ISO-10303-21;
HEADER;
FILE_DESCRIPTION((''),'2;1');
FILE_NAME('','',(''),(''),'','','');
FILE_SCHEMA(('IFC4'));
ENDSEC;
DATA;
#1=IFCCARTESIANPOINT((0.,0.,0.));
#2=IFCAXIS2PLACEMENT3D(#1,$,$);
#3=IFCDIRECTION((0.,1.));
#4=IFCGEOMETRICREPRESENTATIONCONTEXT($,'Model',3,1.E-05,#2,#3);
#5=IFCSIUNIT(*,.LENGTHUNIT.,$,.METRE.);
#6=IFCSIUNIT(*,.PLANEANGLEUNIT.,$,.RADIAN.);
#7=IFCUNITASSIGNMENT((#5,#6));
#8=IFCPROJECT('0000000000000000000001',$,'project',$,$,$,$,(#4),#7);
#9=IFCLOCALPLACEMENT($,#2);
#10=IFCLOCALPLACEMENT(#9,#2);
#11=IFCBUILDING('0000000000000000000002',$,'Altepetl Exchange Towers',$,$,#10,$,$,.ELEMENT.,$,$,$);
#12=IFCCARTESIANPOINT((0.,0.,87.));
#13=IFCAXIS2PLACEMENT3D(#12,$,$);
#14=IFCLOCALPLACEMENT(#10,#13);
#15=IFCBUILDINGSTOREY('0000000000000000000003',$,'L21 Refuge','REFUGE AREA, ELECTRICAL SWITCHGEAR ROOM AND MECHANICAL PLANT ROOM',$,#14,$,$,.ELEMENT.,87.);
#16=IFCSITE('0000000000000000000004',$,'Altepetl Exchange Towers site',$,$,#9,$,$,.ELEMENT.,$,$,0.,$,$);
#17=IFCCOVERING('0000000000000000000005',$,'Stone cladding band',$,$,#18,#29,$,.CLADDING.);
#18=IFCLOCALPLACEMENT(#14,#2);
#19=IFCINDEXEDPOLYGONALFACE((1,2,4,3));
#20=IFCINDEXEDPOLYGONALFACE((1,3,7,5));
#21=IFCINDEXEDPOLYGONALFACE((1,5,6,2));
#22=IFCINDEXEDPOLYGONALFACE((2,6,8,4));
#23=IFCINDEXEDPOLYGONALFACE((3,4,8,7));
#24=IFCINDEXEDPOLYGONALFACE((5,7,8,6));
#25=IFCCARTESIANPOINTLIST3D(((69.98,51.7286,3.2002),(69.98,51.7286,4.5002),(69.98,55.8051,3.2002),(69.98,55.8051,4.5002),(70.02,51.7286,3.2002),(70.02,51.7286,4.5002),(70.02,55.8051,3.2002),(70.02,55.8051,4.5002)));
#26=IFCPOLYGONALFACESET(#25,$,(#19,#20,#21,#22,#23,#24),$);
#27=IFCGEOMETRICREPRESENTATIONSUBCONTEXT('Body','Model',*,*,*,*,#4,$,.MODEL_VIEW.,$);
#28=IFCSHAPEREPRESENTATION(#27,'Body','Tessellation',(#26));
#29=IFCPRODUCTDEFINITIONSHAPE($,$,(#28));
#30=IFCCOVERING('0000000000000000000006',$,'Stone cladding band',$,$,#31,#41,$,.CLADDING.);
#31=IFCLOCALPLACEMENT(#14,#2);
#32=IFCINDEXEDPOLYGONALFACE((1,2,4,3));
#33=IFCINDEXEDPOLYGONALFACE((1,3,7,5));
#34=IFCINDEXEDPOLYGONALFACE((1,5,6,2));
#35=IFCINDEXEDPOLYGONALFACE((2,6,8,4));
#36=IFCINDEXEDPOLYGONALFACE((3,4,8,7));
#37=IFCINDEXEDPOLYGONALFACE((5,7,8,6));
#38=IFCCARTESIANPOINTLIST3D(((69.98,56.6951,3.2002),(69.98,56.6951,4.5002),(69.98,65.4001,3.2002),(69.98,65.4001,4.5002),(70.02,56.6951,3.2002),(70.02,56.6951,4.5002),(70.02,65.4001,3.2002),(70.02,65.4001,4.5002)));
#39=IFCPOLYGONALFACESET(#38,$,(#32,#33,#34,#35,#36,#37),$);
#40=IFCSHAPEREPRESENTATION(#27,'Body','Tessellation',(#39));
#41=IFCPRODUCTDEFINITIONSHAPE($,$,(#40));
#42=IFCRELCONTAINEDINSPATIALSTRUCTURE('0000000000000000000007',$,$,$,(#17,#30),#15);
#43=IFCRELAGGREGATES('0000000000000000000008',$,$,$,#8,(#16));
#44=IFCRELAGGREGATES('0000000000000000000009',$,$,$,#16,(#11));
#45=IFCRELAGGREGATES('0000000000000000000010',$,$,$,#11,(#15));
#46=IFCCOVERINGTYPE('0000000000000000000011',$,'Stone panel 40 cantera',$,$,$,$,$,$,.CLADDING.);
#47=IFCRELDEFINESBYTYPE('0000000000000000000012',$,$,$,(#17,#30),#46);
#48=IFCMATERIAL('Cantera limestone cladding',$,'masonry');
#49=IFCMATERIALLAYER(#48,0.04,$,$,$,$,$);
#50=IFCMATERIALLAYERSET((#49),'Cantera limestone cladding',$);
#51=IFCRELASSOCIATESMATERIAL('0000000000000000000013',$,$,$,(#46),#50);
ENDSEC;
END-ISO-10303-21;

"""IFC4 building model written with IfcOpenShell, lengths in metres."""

from ifc_helpers import new_model, si_unit, direction, frame, origin, origin_2d, place, context, subcontext, project, spatial, rectangle, extrude, material, layer, layer_set, type_object, element, save


model = new_model("IFC4")

# Units and contexts
model_context = context("Model", 3, precision=1e-05, world=origin(), true_north=direction((0.0, 1.0)))
body_context = subcontext(model_context, "Body", "Model", "MODEL_VIEW")
ifc_project = project(units=[si_unit("LENGTHUNIT", "METRE"), si_unit("PLANEANGLEUNIT", "RADIAN")], contexts=[model_context])

# Site, building, storey
site_placement = place(None, origin())
site = spatial("IfcSite", under=ifc_project, at=site_placement, Name="Altepetl Exchange Towers site", CompositionType="ELEMENT", RefElevation=0.0)
building_placement = place(site_placement, origin())
building = spatial("IfcBuilding", under=site, at=building_placement, Name="Altepetl Exchange Towers", CompositionType="ELEMENT")
storey_placement = place(building_placement, frame((0.0, 0.0, 87.0)))
storey = spatial("IfcBuildingStorey", under=building, at=storey_placement, Name="L21 Refuge", Description="REFUGE AREA, ELECTRICAL SWITCHGEAR ROOM AND MECHANICAL PLANT ROOM", CompositionType="ELEMENT", Elevation=87.0)

# Shared definitions
ifc_material_1 = material(Name="Cantera limestone cladding", Category="masonry")

# Coverings
ifc_layer_1 = layer(ifc_material_1, 0.04)
ifc_layer_set_1 = layer_set([ifc_layer_1], Name="Cantera limestone cladding")
covering_type = type_object("IfcCoveringType", Name="Stone panel 40 cantera", PredefinedType="CLADDING", material=ifc_layer_set_1)
covering_1_placement = place(storey_placement, frame((70.0, 53.7668, 3.2002), z_axis=(0.0, 0.0, 1.0), x_axis=(0.0, 1.0, 0.0)))
element("IfcCovering", 1, at=covering_1_placement, inside=storey, type_object=covering_type, Name="Stone cladding band", PredefinedType="CLADDING", context=body_context, shape_type="SweptSolid", body=[
    extrude(rectangle(XDim=4.0764, YDim=0.04, at=origin_2d()), origin(), (0.0, 0.0, 1.0), 1.3),
])
covering_2_placement = place(storey_placement, frame((70.0, 61.0476, 3.2002), z_axis=(0.0, 0.0, 1.0), x_axis=(0.0, 1.0, 0.0)))
element("IfcCovering", 2, at=covering_2_placement, inside=storey, type_object=covering_type, Name="Stone cladding band", PredefinedType="CLADDING", context=body_context, shape_type="SweptSolid", body=[
    extrude(rectangle(XDim=8.7051, YDim=0.04, at=origin_2d()), origin(), (0.0, 0.0, 1.0), 1.3),
])

save(model, "model.ifc")
